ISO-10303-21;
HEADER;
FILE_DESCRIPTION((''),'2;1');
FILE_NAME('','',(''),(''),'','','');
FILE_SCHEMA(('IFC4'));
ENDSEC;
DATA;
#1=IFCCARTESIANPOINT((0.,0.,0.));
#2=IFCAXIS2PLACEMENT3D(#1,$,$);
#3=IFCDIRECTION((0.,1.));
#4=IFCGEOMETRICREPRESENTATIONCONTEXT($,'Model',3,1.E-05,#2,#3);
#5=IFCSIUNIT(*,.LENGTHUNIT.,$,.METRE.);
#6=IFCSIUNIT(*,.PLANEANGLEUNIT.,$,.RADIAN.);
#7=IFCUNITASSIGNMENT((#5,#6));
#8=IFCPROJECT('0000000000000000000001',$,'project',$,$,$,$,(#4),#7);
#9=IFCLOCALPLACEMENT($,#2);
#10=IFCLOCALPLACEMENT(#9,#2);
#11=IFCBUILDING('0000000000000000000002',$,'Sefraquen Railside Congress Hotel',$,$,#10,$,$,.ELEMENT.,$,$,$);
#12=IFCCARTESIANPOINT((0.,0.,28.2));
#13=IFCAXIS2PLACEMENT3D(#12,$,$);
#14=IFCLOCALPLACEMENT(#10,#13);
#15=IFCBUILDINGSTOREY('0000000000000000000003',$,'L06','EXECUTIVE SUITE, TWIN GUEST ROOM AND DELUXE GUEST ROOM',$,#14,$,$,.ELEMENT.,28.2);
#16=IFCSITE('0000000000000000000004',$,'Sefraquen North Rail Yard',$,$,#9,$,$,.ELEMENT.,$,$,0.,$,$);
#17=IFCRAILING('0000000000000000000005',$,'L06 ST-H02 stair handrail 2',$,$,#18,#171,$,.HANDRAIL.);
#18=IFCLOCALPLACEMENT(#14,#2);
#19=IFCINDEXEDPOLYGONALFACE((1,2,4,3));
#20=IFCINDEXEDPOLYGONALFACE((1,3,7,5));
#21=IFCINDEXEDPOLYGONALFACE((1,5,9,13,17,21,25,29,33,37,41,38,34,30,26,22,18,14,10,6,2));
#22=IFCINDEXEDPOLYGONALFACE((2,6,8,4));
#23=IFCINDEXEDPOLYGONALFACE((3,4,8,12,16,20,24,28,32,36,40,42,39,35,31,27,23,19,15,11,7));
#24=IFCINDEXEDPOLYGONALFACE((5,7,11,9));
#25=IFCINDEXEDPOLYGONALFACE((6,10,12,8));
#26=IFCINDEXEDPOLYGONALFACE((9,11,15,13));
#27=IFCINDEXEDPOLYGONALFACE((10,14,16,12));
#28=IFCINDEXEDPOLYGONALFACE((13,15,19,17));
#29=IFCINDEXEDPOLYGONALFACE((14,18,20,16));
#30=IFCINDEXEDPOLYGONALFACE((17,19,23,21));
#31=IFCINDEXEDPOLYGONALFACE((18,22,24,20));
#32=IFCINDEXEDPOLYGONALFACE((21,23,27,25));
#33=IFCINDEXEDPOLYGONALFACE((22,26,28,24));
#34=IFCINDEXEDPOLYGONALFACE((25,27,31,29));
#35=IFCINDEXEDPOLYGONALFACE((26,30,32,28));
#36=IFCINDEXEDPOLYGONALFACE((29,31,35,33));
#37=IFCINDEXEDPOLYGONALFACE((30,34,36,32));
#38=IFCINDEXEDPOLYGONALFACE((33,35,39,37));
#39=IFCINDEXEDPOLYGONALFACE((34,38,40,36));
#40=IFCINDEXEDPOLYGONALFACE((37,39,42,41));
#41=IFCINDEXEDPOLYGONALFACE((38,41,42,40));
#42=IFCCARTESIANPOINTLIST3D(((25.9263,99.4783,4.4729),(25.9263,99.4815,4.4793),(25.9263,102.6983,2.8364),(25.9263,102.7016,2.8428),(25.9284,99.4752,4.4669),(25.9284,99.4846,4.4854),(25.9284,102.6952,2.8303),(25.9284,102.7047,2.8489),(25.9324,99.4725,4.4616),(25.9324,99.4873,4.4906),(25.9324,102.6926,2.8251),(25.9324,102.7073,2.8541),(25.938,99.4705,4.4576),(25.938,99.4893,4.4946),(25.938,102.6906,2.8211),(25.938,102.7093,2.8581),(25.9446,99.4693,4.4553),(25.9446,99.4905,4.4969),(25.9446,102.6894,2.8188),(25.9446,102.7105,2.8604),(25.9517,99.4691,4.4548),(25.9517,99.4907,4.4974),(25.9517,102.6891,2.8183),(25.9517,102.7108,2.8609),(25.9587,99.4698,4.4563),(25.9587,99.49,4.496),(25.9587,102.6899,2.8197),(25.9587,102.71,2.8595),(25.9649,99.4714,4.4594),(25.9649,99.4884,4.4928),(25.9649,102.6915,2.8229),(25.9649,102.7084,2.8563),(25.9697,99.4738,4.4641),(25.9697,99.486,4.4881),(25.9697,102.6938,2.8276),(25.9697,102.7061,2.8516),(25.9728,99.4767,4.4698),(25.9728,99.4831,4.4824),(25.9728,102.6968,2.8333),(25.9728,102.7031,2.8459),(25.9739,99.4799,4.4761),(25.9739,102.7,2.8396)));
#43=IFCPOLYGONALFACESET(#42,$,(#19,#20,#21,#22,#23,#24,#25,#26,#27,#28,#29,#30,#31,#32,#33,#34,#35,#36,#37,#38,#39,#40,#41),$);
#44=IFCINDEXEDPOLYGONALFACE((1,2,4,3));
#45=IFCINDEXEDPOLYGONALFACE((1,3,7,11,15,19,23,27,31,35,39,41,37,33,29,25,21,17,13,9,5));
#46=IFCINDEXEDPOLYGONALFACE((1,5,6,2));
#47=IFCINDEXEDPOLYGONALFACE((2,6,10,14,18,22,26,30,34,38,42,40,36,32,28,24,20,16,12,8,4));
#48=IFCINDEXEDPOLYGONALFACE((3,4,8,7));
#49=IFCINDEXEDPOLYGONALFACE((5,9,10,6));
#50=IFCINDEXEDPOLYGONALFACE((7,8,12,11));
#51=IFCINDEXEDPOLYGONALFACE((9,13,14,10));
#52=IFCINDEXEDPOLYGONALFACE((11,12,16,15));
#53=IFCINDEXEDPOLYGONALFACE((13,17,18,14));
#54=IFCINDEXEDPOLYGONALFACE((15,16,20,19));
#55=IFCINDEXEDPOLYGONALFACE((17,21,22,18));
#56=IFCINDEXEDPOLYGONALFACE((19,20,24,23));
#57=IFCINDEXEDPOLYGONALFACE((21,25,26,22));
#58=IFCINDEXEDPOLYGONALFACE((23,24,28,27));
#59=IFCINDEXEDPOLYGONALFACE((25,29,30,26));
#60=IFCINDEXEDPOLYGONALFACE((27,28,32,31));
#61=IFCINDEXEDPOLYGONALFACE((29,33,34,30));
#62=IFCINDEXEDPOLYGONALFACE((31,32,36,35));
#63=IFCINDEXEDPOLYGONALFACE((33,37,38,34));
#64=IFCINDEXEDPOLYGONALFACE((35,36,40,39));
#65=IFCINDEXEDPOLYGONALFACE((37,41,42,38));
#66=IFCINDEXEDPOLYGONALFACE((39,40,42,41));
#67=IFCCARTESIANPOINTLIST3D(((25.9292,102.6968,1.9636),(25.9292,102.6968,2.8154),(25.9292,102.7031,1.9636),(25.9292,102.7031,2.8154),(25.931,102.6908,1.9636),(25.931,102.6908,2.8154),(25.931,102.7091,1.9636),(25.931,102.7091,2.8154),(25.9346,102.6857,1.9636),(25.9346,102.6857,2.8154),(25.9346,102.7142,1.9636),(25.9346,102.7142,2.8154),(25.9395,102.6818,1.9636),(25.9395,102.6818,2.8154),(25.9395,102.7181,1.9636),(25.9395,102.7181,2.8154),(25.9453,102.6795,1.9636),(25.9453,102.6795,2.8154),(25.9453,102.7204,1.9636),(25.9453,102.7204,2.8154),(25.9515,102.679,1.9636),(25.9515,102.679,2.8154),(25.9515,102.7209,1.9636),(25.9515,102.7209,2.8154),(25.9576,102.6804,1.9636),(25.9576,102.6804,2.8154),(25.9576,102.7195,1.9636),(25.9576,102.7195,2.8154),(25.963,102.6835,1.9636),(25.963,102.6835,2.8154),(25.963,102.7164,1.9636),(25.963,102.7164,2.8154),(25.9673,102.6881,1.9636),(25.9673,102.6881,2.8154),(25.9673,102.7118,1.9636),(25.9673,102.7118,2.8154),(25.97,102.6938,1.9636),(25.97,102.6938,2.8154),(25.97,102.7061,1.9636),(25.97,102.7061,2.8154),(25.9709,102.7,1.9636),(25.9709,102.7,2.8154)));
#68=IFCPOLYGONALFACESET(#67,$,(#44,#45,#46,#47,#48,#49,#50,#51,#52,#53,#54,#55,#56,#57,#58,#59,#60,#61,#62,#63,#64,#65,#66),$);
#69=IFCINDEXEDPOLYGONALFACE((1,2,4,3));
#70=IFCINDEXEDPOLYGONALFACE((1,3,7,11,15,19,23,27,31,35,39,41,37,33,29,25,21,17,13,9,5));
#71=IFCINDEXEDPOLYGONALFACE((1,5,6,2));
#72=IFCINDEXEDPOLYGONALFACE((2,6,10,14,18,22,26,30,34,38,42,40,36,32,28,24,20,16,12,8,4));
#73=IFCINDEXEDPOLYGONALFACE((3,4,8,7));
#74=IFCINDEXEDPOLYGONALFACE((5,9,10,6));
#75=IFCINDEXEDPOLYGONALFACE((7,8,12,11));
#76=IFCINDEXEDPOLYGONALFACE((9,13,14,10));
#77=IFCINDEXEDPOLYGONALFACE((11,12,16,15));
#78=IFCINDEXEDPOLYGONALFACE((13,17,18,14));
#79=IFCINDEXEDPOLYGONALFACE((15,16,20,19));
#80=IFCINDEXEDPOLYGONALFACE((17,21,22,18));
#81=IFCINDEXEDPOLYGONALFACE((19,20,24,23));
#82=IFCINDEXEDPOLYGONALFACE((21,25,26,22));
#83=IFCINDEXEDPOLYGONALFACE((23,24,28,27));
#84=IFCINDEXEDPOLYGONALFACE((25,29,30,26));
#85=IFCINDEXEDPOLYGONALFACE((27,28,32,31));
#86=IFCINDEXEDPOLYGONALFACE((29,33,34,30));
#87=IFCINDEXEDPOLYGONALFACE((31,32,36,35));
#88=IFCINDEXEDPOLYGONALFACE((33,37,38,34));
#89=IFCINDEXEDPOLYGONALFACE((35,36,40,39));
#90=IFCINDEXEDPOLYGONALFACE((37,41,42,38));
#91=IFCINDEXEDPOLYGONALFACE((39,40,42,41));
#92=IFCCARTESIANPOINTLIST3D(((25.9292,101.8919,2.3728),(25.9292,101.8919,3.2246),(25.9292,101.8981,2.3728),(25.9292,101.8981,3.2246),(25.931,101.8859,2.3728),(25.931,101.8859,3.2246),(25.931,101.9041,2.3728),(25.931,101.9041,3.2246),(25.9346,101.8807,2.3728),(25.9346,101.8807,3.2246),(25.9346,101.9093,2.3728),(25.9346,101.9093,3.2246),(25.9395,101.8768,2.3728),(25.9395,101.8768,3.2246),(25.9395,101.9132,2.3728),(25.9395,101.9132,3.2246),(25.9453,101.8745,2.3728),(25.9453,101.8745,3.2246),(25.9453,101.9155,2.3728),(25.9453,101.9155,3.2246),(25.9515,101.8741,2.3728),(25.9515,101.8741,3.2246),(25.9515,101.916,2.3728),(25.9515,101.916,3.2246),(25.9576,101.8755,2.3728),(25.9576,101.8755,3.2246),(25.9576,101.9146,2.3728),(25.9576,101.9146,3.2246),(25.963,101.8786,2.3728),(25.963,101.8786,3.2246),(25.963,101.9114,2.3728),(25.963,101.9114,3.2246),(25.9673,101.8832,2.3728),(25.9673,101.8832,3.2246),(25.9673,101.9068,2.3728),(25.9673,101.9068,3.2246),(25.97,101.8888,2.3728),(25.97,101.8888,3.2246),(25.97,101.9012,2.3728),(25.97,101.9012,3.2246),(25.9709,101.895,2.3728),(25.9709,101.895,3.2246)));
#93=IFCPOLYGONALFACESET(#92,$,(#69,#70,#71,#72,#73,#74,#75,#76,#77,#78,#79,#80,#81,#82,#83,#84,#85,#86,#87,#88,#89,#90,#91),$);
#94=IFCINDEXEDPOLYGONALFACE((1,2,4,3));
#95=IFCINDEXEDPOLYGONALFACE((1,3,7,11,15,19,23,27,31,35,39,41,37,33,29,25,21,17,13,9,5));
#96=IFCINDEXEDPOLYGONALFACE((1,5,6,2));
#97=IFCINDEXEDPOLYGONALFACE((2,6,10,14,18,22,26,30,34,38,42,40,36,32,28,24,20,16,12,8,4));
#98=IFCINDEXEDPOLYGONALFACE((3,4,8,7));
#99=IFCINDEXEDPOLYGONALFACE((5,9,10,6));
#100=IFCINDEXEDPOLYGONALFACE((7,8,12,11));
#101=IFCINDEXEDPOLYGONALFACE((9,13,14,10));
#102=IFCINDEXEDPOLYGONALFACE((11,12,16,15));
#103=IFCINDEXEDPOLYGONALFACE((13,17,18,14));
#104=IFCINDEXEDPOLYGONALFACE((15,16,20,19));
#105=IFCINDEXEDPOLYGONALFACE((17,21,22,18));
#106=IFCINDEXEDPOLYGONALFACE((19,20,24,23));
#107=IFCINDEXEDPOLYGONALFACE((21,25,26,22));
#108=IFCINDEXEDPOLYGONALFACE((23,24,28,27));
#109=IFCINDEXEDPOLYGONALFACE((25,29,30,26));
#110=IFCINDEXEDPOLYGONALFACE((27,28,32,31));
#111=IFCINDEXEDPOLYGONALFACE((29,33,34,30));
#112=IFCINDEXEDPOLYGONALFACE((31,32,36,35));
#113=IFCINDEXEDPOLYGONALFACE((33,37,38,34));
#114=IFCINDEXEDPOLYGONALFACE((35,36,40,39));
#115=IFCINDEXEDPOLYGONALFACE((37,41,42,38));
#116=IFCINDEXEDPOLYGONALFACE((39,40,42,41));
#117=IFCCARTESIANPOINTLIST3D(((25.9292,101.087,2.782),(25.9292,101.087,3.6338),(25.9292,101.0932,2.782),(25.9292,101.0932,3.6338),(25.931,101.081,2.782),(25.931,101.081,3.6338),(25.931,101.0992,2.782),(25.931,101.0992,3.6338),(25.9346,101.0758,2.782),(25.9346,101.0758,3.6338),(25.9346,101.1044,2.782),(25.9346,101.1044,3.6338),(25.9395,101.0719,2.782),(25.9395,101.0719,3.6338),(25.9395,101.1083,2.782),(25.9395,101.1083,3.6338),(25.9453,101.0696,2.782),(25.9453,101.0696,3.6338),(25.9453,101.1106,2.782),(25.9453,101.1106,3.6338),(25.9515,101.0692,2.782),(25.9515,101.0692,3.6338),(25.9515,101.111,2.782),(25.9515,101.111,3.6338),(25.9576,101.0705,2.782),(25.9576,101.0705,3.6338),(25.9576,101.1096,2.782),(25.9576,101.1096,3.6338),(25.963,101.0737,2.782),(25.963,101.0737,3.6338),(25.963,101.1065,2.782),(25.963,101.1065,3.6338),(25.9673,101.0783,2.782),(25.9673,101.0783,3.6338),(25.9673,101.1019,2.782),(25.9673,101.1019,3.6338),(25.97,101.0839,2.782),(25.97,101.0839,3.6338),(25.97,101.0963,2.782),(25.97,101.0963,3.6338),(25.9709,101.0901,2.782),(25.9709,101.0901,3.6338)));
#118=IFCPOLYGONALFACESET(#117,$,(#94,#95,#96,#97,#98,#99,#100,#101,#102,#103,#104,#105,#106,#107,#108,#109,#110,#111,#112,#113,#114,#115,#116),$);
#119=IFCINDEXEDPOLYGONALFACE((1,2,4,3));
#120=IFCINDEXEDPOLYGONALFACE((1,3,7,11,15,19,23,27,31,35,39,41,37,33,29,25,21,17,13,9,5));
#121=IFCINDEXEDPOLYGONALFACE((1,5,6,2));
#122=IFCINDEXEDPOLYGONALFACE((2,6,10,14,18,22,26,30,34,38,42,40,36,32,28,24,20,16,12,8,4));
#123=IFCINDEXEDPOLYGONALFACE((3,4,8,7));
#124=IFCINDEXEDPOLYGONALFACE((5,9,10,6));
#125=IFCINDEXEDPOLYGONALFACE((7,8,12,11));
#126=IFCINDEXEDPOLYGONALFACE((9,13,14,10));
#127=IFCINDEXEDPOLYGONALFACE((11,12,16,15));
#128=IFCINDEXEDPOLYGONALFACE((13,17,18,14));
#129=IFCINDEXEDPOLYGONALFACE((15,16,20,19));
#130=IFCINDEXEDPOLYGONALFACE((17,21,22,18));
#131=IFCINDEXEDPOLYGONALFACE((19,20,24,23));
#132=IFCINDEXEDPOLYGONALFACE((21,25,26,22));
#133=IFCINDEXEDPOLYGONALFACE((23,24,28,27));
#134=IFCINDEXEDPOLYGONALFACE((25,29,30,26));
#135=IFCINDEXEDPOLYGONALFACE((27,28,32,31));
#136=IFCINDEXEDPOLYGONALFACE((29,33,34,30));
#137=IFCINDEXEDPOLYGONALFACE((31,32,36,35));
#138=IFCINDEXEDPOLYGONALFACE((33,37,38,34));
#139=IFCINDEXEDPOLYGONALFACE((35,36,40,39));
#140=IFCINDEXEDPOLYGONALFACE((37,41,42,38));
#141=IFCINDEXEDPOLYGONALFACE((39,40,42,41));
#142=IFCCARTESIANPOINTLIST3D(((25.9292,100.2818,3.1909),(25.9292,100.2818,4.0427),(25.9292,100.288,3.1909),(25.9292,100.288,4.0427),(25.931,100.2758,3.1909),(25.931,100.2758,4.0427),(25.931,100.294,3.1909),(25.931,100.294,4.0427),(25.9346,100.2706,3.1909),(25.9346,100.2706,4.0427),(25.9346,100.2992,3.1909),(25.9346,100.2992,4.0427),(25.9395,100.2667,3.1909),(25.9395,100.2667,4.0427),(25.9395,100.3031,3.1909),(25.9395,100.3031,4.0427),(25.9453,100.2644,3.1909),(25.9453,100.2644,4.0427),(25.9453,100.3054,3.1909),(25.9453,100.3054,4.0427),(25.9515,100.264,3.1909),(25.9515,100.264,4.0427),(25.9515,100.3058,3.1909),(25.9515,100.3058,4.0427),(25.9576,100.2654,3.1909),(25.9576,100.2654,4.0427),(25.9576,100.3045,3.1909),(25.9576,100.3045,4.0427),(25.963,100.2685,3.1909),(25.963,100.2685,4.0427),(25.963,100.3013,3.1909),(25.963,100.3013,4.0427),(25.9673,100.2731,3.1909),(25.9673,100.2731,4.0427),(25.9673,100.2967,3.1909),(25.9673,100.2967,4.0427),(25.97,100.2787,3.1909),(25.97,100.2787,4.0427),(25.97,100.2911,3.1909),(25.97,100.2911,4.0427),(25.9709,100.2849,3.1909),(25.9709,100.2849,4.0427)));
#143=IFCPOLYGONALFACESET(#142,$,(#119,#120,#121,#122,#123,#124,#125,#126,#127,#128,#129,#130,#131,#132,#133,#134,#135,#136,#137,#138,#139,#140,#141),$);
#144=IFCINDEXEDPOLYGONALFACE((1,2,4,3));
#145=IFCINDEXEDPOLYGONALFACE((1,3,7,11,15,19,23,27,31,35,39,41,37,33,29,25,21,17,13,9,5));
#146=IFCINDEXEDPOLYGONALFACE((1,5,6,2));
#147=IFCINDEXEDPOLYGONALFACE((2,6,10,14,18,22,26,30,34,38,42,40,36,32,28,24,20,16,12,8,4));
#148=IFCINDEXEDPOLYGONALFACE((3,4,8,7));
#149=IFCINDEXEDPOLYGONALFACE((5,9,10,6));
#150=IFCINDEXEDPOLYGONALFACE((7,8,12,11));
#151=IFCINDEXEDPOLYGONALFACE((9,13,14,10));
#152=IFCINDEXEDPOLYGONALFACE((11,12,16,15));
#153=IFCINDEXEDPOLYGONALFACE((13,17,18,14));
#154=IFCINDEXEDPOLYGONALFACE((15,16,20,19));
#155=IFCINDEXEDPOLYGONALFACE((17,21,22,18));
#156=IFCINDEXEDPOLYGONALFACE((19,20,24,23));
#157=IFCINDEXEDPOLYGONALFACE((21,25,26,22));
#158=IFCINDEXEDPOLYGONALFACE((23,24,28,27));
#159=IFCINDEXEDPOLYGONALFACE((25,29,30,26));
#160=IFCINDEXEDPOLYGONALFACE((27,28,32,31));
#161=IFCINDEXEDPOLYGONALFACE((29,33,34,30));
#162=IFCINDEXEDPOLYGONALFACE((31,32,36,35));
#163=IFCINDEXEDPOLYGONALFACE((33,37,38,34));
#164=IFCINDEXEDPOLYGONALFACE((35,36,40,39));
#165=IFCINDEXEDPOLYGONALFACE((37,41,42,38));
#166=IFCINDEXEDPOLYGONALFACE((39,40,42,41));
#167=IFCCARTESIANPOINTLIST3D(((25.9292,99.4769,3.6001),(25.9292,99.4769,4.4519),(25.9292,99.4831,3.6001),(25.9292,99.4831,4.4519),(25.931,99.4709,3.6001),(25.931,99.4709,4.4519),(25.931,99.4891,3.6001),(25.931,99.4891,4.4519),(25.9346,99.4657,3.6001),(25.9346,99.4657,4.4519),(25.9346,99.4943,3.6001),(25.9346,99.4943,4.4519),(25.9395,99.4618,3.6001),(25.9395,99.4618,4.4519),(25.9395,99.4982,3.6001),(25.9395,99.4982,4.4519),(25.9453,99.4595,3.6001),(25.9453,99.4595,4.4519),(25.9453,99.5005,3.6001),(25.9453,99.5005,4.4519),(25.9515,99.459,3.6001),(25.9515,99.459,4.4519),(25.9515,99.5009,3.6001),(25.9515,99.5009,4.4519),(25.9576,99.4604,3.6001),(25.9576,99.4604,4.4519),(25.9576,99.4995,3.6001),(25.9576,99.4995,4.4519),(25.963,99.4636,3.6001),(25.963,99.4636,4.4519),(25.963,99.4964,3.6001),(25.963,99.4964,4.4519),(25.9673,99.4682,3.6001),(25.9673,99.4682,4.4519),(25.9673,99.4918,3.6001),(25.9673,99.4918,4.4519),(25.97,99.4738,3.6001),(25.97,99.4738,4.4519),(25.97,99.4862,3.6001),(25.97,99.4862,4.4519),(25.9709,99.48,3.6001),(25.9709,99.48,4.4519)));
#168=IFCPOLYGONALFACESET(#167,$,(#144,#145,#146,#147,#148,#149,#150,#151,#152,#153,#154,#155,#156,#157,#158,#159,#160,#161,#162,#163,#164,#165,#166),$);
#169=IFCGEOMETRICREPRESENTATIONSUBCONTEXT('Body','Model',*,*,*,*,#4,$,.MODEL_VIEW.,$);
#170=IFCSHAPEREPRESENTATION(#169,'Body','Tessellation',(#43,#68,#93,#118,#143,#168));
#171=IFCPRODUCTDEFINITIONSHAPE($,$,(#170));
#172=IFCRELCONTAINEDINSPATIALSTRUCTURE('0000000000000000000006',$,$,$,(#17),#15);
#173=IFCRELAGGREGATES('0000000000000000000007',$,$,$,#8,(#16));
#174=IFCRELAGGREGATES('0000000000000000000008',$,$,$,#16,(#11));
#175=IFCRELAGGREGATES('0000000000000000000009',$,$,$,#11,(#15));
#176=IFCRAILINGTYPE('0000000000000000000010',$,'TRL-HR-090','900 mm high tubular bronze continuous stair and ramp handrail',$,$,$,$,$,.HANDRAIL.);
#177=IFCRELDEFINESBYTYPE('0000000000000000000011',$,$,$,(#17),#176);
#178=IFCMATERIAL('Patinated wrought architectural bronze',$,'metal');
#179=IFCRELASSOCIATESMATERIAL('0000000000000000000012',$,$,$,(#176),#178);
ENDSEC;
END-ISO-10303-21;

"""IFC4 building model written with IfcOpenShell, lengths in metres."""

from ifc_helpers import new_model, si_unit, direction, frame, origin, origin_2d, place, context, subcontext, project, spatial, circle, extrude, material, type_object, element, save


model = new_model("IFC4")

# Units and contexts
model_context = context("Model", 3, precision=1e-05, world=origin(), true_north=direction((0.0, 1.0)))
body_context = subcontext(model_context, "Body", "Model", "MODEL_VIEW")
ifc_project = project(units=[si_unit("LENGTHUNIT", "METRE"), si_unit("PLANEANGLEUNIT", "RADIAN")], contexts=[model_context])

# Site, building, storey
site_placement = place(None, origin())
site = spatial("IfcSite", under=ifc_project, at=site_placement, Name="Sefraquen North Rail Yard", CompositionType="ELEMENT", RefElevation=0.0)
building_placement = place(site_placement, origin())
building = spatial("IfcBuilding", under=site, at=building_placement, Name="Sefraquen Railside Congress Hotel", CompositionType="ELEMENT")
storey_placement = place(building_placement, frame((0.0, 0.0, 28.2)))
storey = spatial("IfcBuildingStorey", under=building, at=storey_placement, Name="L06", Description="EXECUTIVE SUITE, TWIN GUEST ROOM AND DELUXE GUEST ROOM", CompositionType="ELEMENT", Elevation=28.2)

# Railing
ifc_material_1 = material(Name="Patinated wrought architectural bronze", Category="metal")
railing_type_1 = type_object("IfcRailingType", Name="TRL-HR-090", Description="900 mm high tubular bronze continuous stair and ramp handrail", PredefinedType="HANDRAIL", material=ifc_material_1)
railing_1_placement = place(storey_placement, frame((25.95, 102.7, 1.9636)))
element("IfcRailing", 1, at=railing_1_placement, inside=storey, type_object=railing_type_1, Name="L06 ST-H02 stair handrail 2", PredefinedType="HANDRAIL", context=body_context, shape_type="SweptSolid", body=[
    extrude(circle(Radius=0.0239, at=origin_2d()), frame((0.0, 0.0, 0.876), z_axis=(0.0, -0.891474, 0.453071), x_axis=(1.0, 0.0, 0.0)), (0.0, 0.0, 1.0), 3.6121),
    extrude(circle(Radius=0.021, at=origin_2d()), origin(), (0.0, 0.0, 1.0), 0.8518),
    extrude(circle(Radius=0.021, at=origin_2d()), frame((0.0, -0.8049, 0.4092)), (0.0, 0.0, 1.0), 0.8518),
    extrude(circle(Radius=0.021, at=origin_2d()), frame((0.0, -1.6099, 0.8184)), (0.0, 0.0, 1.0), 0.8518),
    extrude(circle(Radius=0.021, at=origin_2d()), frame((0.0, -2.415, 1.2273)), (0.0, 0.0, 1.0), 0.8518),
    extrude(circle(Radius=0.021, at=origin_2d()), frame((0.0, -3.22, 1.6365)), (0.0, 0.0, 1.0), 0.8518),
])

save(model, "model.ifc")
